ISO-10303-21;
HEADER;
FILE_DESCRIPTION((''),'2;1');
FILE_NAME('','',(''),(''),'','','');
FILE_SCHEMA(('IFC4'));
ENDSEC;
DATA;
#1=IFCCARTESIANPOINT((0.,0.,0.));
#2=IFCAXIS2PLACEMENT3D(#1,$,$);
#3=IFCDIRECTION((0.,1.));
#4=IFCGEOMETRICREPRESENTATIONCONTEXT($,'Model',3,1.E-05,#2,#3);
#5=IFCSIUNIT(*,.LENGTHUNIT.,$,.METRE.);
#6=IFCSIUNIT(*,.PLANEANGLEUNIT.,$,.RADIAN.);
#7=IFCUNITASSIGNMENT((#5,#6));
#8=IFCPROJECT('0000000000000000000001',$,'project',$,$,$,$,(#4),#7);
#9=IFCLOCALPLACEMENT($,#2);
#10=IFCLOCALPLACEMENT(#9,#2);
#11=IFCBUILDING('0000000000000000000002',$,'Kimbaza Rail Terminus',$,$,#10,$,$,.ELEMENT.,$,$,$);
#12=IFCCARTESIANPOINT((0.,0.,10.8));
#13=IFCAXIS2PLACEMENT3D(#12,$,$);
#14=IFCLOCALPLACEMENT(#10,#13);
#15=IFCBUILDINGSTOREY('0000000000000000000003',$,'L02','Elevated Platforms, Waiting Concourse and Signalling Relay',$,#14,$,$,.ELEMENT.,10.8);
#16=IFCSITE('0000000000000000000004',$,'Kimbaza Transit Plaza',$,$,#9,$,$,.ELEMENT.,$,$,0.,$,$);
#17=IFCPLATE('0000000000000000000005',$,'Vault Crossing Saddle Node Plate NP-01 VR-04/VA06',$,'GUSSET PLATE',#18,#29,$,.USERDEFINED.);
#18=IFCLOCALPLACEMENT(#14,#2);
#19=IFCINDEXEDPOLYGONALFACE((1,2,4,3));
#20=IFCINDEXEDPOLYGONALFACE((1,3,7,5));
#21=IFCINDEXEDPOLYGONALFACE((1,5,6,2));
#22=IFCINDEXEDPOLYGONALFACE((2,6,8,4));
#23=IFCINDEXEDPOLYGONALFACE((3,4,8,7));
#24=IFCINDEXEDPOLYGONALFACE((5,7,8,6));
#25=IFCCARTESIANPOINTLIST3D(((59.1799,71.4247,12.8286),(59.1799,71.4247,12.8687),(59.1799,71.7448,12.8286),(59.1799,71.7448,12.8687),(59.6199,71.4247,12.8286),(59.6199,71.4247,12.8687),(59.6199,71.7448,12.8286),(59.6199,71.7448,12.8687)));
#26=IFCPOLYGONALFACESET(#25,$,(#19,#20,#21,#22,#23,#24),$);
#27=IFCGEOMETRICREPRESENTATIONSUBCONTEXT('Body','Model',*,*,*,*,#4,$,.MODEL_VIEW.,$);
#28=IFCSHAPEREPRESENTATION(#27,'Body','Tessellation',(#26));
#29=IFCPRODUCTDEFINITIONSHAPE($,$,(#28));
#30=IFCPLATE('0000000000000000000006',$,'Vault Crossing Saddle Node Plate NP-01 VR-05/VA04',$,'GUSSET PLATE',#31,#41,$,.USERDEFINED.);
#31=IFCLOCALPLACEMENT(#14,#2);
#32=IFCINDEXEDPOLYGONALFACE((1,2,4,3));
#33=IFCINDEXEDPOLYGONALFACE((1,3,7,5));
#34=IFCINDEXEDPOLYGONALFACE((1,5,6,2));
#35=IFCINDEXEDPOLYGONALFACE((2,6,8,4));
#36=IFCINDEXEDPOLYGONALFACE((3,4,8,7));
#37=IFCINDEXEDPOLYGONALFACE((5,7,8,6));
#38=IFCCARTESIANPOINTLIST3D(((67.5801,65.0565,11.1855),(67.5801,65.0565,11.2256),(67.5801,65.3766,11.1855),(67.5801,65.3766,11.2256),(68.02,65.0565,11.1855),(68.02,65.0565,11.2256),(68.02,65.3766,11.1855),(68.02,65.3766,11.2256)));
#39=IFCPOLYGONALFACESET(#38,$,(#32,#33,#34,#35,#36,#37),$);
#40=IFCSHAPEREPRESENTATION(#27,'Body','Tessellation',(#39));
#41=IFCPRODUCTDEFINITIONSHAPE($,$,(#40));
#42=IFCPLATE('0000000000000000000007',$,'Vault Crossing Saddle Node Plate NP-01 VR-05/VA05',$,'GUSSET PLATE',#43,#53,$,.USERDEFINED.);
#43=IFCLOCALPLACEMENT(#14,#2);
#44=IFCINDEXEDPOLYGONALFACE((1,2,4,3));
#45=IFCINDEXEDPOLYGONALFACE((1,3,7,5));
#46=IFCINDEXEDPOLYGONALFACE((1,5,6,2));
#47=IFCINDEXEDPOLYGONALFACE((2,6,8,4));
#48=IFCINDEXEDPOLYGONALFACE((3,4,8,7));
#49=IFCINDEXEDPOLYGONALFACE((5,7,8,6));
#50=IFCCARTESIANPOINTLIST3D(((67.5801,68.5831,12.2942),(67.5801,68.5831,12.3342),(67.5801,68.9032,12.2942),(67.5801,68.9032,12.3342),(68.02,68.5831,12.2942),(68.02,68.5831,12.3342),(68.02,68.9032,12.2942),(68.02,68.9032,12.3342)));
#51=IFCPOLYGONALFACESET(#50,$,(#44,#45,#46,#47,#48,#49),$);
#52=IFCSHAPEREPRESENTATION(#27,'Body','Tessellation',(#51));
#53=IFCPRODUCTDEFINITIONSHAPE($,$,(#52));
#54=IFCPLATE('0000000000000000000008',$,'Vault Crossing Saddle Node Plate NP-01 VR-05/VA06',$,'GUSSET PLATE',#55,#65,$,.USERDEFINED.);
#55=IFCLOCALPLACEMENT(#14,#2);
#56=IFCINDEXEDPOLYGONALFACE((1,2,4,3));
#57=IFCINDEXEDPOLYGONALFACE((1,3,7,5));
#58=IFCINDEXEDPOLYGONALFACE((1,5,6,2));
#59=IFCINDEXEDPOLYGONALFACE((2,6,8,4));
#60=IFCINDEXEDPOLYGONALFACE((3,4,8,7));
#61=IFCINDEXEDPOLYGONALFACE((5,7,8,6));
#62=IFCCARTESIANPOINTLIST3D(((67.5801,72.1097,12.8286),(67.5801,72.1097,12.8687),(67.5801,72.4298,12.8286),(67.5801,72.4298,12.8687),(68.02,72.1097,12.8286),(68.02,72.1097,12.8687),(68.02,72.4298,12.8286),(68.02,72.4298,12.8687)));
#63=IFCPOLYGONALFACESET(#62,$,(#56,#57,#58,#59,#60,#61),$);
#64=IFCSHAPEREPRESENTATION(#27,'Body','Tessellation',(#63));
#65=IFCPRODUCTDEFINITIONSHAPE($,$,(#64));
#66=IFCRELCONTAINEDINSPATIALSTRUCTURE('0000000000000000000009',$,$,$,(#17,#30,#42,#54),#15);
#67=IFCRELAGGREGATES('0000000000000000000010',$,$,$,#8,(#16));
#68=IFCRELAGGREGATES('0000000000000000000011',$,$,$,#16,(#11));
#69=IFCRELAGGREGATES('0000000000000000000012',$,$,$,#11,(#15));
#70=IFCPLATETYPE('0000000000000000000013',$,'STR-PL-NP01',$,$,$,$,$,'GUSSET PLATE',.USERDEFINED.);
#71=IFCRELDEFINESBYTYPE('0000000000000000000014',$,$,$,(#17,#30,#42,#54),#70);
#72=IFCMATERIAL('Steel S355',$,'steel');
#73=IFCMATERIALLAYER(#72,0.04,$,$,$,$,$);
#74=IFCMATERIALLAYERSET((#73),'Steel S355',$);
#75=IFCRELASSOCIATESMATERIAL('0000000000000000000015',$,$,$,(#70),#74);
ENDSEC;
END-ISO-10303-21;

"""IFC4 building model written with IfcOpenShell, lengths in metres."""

from ifc_helpers import new_model, si_unit, direction, frame, origin, origin_2d, place, context, subcontext, project, spatial, rectangle, extrude, material, layer, layer_set, type_object, element, save


model = new_model("IFC4")

# Units and contexts
model_context = context("Model", 3, precision=1e-05, world=origin(), true_north=direction((0.0, 1.0)))
body_context = subcontext(model_context, "Body", "Model", "MODEL_VIEW")
ifc_project = project(units=[si_unit("LENGTHUNIT", "METRE"), si_unit("PLANEANGLEUNIT", "RADIAN")], contexts=[model_context])

# Site, building, storey
site_placement = place(None, origin())
site = spatial("IfcSite", under=ifc_project, at=site_placement, Name="Kimbaza Transit Plaza", CompositionType="ELEMENT", RefElevation=0.0)
building_placement = place(site_placement, origin())
building = spatial("IfcBuilding", under=site, at=building_placement, Name="Kimbaza Rail Terminus", CompositionType="ELEMENT")
storey_placement = place(building_placement, frame((0.0, 0.0, 10.8)))
storey = spatial("IfcBuildingStorey", under=building, at=storey_placement, Name="L02", Description="Elevated Platforms, Waiting Concourse and Signalling Relay", CompositionType="ELEMENT", Elevation=10.8)

# Plates
ifc_material_1 = material(Name="Steel S355", Category="steel")
ifc_layer_1 = layer(ifc_material_1, 0.04)
ifc_layer_set_1 = layer_set([ifc_layer_1], Name="Steel S355")
plate_type_1 = type_object("IfcPlateType", Name="STR-PL-NP01", ElementType="GUSSET PLATE", PredefinedType="USERDEFINED", material=ifc_layer_set_1)
for number, where, z_axis, x_axis, name in (
    (1, (59.3999, 71.5847, 12.8286), (0.0, 0.0, 1.0), (1.0, 0.0, 0.0), "Vault Crossing Saddle Node Plate NP-01 VR-04/VA06"),
    (2, (67.8, 65.2166, 11.1855), (0.0, 0.0, 1.0), (1.0, 0.0, 0.0), "Vault Crossing Saddle Node Plate NP-01 VR-05/VA04"),
    (3, (67.8, 68.7432, 12.2942), (0.0, 0.0, 1.0), (1.0, 0.0, 0.0), "Vault Crossing Saddle Node Plate NP-01 VR-05/VA05"),
    (4, (67.8, 72.2698, 12.8286), (0.0, 0.0, 1.0), (1.0, 0.0, 0.0), "Vault Crossing Saddle Node Plate NP-01 VR-05/VA06"),
):
    element("IfcPlate", number, at=place(storey_placement, frame(where, z_axis=z_axis, x_axis=x_axis)), inside=storey, type_object=plate_type_1, Name=name, ObjectType="GUSSET PLATE", PredefinedType="USERDEFINED", context=body_context, shape_type="SweptSolid", body=[
        extrude(rectangle(XDim=0.4399, YDim=0.3201, at=origin_2d()), origin(), (0.0, 0.0, 1.0), 0.04),
    ])

save(model, "model.ifc")
